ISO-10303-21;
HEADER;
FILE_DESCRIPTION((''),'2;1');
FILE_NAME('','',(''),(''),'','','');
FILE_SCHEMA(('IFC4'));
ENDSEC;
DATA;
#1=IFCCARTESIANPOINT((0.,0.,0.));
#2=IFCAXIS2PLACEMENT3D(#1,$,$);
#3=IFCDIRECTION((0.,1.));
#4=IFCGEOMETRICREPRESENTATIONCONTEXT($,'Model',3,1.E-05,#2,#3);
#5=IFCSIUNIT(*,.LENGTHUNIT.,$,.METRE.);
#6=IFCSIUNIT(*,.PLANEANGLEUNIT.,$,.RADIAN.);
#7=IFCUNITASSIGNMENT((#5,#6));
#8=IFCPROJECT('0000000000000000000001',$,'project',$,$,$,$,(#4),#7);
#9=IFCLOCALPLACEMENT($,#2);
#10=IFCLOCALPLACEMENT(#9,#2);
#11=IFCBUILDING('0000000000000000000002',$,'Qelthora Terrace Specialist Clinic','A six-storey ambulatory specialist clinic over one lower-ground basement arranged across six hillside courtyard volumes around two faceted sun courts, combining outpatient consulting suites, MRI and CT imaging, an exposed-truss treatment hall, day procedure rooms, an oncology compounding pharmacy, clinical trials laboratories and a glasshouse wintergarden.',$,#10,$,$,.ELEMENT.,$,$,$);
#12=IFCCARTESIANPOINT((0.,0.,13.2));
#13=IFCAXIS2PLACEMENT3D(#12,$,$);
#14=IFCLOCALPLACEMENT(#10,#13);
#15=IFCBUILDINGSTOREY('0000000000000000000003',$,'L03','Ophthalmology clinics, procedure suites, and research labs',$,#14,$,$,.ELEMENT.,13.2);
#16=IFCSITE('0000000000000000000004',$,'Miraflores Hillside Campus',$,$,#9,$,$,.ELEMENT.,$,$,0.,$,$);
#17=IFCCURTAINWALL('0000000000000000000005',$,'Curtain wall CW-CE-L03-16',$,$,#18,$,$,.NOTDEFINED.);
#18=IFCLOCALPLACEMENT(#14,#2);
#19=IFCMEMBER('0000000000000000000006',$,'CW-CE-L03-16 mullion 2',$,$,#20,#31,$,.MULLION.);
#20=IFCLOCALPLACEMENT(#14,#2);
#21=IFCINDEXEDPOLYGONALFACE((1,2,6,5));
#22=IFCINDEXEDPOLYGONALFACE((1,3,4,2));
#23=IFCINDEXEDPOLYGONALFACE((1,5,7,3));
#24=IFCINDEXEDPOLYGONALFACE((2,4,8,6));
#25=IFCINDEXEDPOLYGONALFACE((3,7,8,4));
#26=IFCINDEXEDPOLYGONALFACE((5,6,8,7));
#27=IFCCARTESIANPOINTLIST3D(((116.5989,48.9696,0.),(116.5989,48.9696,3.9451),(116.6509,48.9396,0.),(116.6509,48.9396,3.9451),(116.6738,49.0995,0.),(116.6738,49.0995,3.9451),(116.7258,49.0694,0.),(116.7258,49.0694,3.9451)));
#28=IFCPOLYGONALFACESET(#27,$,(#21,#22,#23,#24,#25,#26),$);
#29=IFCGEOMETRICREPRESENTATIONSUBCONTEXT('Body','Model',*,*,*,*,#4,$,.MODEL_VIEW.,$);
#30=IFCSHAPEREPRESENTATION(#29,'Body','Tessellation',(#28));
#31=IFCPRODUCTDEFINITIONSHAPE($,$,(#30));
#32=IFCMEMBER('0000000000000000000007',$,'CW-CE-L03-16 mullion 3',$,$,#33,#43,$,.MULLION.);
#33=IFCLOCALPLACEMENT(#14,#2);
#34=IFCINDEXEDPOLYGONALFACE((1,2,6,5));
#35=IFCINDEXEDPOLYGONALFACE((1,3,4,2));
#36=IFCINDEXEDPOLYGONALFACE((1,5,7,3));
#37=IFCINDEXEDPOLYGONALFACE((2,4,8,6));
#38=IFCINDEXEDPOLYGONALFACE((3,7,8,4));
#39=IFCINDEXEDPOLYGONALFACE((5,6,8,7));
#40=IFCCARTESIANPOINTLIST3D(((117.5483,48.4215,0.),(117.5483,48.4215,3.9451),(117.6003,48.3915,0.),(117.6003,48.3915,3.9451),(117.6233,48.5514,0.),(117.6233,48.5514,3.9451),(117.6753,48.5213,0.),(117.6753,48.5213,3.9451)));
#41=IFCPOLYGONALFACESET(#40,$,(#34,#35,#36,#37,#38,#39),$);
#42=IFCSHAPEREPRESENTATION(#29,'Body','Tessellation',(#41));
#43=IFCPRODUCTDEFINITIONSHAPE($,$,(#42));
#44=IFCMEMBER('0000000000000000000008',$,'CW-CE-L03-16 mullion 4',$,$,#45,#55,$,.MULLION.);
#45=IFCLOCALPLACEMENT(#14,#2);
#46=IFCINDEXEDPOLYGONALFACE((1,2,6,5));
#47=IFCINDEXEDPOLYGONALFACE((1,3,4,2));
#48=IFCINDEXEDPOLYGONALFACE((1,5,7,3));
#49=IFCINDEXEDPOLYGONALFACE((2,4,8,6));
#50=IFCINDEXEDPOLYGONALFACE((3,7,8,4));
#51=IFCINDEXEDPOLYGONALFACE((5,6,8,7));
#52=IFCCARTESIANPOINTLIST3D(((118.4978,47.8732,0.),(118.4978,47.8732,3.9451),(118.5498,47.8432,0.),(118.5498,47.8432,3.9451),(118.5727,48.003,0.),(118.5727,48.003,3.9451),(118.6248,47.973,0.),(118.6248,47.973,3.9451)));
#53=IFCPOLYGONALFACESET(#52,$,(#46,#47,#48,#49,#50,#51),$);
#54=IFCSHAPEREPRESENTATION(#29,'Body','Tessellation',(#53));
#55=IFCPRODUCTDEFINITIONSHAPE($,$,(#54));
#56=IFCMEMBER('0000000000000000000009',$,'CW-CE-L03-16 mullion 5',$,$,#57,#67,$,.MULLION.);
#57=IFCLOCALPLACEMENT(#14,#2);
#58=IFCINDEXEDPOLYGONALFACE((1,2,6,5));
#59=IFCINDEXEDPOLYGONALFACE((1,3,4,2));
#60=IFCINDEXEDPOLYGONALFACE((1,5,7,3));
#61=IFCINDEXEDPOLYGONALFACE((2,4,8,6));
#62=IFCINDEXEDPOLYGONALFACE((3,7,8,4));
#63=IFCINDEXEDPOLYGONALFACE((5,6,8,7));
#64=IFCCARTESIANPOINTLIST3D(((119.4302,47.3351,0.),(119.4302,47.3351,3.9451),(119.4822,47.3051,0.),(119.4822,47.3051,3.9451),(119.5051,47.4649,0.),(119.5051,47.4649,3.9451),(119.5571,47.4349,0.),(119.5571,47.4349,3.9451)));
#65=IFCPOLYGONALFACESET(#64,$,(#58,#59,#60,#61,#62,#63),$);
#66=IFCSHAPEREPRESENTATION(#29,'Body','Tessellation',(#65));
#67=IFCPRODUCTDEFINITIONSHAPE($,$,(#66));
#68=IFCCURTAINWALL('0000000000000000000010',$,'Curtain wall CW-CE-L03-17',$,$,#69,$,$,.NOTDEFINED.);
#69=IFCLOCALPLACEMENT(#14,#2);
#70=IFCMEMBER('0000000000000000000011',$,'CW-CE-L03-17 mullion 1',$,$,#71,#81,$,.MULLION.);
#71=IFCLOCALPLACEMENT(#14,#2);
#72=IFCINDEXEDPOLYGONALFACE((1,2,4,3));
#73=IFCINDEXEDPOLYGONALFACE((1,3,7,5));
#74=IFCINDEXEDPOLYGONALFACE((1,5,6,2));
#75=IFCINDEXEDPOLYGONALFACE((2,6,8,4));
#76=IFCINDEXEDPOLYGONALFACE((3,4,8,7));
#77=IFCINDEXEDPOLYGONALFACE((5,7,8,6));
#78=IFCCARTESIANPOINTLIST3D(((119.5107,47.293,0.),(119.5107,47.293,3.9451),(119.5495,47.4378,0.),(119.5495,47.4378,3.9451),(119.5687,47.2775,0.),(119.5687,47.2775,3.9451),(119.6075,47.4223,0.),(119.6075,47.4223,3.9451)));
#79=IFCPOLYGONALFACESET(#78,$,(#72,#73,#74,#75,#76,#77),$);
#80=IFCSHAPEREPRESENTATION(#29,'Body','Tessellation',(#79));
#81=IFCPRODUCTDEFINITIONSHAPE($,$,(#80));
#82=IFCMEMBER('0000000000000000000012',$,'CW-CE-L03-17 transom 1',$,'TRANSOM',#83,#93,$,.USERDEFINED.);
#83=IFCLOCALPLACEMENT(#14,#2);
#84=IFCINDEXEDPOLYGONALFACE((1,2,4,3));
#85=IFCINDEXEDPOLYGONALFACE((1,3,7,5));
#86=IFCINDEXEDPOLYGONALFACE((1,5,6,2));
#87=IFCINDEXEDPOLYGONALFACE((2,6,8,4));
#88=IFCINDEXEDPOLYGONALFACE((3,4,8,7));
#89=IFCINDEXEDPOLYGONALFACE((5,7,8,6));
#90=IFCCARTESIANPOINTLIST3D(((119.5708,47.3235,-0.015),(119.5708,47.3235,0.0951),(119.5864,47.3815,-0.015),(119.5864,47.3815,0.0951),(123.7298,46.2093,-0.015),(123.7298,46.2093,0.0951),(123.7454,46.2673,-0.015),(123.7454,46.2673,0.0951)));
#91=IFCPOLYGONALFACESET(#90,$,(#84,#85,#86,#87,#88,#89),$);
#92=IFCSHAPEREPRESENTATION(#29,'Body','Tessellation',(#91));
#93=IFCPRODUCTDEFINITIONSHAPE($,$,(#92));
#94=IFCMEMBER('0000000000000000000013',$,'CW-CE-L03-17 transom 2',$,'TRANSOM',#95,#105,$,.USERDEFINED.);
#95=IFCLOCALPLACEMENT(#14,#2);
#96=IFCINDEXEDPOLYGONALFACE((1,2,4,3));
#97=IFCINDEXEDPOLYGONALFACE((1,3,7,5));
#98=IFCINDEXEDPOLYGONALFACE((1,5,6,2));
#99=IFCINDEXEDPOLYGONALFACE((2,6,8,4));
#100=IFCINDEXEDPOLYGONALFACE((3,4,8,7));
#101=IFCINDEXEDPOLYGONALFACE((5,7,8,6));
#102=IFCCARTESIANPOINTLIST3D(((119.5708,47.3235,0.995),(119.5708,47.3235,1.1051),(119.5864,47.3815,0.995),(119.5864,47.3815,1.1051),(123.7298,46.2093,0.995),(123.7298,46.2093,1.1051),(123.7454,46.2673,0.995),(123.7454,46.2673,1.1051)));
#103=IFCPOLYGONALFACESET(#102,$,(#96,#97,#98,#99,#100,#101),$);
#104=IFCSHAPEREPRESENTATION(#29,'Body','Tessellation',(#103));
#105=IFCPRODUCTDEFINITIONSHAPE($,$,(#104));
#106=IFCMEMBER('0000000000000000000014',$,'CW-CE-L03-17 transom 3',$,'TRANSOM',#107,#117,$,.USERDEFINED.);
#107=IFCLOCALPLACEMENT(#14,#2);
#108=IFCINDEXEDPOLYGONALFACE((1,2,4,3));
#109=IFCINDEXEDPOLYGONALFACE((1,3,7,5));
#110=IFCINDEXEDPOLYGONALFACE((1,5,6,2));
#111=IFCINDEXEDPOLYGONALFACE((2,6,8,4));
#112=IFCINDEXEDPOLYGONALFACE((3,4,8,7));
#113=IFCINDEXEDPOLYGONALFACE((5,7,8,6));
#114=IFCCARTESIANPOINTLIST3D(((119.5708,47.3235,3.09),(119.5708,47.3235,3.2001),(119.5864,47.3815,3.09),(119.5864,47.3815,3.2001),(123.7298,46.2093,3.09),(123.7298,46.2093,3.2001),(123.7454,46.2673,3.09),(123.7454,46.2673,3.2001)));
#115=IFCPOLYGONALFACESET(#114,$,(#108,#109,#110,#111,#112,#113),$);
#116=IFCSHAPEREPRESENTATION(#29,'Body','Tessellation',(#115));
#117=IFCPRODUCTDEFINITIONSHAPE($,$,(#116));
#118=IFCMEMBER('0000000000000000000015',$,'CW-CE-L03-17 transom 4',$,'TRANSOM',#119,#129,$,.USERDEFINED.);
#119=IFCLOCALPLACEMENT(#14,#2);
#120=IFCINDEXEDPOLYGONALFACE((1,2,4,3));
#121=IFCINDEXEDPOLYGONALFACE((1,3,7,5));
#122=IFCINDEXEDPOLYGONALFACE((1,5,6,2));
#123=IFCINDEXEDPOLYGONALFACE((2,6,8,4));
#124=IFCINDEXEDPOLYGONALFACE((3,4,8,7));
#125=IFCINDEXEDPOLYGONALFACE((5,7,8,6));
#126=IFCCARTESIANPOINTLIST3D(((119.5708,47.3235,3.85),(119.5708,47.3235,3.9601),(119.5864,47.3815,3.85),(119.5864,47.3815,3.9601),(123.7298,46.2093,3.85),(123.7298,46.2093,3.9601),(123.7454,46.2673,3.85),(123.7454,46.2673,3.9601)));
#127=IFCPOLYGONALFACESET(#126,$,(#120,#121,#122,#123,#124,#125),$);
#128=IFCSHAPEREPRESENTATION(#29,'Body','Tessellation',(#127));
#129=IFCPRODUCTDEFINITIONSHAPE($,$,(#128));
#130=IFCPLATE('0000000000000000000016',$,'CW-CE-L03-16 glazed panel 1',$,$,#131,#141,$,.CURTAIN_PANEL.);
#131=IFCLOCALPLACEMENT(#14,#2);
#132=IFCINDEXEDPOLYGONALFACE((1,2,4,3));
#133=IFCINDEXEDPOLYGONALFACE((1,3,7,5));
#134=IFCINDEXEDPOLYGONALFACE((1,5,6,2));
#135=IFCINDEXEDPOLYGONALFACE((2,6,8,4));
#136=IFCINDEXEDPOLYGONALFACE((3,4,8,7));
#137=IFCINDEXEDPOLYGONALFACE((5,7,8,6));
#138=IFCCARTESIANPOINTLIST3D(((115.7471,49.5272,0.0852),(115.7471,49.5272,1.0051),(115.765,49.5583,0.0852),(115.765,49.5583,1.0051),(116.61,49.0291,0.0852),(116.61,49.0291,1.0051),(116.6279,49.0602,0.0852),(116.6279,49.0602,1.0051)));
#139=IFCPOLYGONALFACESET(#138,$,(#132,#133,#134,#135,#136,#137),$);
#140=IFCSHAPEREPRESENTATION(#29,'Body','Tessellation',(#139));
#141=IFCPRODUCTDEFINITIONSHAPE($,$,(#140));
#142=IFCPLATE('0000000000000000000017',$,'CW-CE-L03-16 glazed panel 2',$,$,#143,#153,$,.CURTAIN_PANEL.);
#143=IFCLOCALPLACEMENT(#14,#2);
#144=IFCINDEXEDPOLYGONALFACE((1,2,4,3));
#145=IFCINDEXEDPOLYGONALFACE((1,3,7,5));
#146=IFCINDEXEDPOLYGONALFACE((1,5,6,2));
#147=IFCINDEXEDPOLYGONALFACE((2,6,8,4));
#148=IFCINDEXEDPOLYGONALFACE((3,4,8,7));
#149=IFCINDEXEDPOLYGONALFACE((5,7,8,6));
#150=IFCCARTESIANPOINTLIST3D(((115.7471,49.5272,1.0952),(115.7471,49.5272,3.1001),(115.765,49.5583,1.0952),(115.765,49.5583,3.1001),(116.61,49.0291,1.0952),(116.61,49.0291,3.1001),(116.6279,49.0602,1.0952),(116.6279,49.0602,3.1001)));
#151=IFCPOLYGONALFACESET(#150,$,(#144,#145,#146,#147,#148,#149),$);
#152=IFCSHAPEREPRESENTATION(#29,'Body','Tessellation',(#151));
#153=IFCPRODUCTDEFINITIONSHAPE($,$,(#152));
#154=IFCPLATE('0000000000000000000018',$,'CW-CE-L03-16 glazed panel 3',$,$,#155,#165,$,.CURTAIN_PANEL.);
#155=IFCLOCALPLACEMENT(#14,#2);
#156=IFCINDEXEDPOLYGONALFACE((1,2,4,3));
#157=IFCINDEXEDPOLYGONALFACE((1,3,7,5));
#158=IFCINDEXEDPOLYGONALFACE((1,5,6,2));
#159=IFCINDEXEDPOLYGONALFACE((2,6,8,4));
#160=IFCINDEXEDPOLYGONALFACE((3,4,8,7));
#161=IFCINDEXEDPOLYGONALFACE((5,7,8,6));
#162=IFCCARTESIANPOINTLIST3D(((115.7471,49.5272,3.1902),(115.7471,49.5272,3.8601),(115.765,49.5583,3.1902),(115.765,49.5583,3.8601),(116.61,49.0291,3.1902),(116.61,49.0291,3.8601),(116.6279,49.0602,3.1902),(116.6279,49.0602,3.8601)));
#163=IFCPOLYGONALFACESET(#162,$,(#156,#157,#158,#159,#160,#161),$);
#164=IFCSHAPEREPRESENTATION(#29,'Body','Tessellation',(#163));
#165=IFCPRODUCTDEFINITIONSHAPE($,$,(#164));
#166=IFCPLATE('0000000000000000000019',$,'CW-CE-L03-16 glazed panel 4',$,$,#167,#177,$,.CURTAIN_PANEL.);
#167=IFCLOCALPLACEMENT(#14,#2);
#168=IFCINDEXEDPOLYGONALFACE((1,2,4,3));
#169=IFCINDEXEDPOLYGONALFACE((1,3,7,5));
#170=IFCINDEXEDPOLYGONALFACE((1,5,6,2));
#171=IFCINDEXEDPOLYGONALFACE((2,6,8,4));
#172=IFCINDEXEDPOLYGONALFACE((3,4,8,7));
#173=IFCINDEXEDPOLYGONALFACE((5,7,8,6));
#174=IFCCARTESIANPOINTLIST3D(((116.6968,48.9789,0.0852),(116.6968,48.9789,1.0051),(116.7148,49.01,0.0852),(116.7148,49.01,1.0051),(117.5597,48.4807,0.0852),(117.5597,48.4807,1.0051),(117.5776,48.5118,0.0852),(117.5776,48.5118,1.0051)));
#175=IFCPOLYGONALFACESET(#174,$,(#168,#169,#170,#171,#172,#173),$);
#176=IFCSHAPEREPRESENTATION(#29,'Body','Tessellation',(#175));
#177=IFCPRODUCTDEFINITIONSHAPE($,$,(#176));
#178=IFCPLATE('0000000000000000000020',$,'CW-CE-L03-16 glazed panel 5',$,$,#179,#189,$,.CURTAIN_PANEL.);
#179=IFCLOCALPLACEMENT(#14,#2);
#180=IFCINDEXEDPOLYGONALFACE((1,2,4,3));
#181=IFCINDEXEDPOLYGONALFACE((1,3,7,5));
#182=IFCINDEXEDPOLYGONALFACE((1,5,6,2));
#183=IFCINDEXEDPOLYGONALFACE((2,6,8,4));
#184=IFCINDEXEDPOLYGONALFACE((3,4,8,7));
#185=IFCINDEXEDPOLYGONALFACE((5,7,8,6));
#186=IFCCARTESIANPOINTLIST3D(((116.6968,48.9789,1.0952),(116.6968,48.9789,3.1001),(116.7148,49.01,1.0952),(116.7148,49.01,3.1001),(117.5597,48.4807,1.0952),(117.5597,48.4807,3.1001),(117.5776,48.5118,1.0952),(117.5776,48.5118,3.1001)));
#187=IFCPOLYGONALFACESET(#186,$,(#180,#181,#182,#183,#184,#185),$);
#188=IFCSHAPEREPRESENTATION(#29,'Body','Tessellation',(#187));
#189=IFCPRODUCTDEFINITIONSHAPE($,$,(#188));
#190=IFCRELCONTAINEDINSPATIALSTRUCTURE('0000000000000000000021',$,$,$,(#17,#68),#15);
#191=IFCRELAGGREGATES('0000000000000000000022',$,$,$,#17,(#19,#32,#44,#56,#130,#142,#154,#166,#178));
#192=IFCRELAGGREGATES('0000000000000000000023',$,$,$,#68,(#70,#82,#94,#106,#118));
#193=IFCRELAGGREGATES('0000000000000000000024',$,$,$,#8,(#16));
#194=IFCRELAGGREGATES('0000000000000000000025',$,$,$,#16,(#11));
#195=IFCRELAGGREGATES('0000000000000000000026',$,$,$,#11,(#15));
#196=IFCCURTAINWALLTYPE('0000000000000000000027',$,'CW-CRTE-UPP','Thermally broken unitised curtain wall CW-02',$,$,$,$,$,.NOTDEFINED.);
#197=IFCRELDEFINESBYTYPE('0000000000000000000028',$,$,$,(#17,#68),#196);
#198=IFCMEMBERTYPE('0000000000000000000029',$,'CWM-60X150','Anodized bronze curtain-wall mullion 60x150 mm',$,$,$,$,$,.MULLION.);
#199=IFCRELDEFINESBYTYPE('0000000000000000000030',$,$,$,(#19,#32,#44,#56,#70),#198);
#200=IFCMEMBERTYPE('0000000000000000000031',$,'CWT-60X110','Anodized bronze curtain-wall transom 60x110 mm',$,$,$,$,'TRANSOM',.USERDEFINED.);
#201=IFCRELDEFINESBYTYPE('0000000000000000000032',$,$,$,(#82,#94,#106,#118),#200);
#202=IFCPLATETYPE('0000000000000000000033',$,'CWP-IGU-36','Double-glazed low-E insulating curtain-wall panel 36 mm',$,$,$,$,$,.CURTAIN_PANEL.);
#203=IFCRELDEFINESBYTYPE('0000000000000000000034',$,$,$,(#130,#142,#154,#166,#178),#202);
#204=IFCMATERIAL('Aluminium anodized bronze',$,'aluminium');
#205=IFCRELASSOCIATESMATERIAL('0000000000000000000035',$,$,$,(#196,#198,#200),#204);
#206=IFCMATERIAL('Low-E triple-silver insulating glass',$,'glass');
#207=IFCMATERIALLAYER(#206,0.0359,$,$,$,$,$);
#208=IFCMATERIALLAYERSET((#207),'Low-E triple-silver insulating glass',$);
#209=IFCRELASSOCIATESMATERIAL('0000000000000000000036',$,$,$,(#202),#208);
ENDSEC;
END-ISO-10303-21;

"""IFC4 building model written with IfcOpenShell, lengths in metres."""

from ifc_helpers import new_model, si_unit, direction, frame, origin, origin_2d, place, context, subcontext, project, spatial, rectangle, extrude, material, layer, layer_set, material_profile, profile_set, type_object, element, aggregate, save


model = new_model("IFC4")

# Units and contexts
model_context = context("Model", 3, precision=1e-05, world=origin(), true_north=direction((0.0, 1.0)))
body_context = subcontext(model_context, "Body", "Model", "MODEL_VIEW")
ifc_project = project(units=[si_unit("LENGTHUNIT", "METRE"), si_unit("PLANEANGLEUNIT", "RADIAN")], contexts=[model_context])

# Site, building, storey
site_placement = place(None, origin())
site = spatial("IfcSite", under=ifc_project, at=site_placement, Name="Miraflores Hillside Campus", CompositionType="ELEMENT", RefElevation=0.0)
building_placement = place(site_placement, origin())
building = spatial("IfcBuilding", under=site, at=building_placement, Name="Qelthora Terrace Specialist Clinic", Description="A six-storey ambulatory specialist clinic over one lower-ground basement arranged across six hillside courtyard volumes around two faceted sun courts, combining outpatient consulting suites, MRI and CT imaging, an exposed-truss treatment hall, day procedure rooms, an oncology compounding pharmacy, clinical trials laboratories and a glasshouse wintergarden.", CompositionType="ELEMENT")
storey_placement = place(building_placement, frame((0.0, 0.0, 13.2)))
storey = spatial("IfcBuildingStorey", under=building, at=storey_placement, Name="L03", Description="Ophthalmology clinics, procedure suites, and research labs", CompositionType="ELEMENT", Elevation=13.2)

# Curtain walls, members
ifc_material_1 = material(Name="Aluminium anodized bronze", Category="aluminium")
curtain_wall_type = type_object("IfcCurtainWallType", Name="CW-CRTE-UPP", Description="Thermally broken unitised curtain wall CW-02", PredefinedType="NOTDEFINED", material=ifc_material_1)
curtain_wall_1_placement = place(storey_placement, origin())
curtain_wall_1 = element("IfcCurtainWall", 1, at=curtain_wall_1_placement, inside=storey, type_object=curtain_wall_type, Name="Curtain wall CW-CE-L03-16", PredefinedType="NOTDEFINED")
ifc_material_profile_1 = material_profile(ifc_material_1, rectangle(XDim=0.0601, YDim=0.1499, at=origin_2d()), Name="CWM60X150")
ifc_profile_set_1 = profile_set([ifc_material_profile_1], Name="Aluminium anodized bronze")
member_type_1 = type_object("IfcMemberType", Name="CWM-60X150", Description="Anodized bronze curtain-wall mullion 60x150 mm", PredefinedType="MULLION", material=ifc_profile_set_1)
member_1_placement = place(storey_placement, frame((116.6624, 49.0195, 0.0), z_axis=(0.0, 0.0, 1.0), x_axis=(0.866025, -0.5, 0.0)))
member_1 = element("IfcMember", 2, at=member_1_placement, type_object=member_type_1, Name="CW-CE-L03-16 mullion 2", PredefinedType="MULLION", context=body_context, shape_type="SweptSolid", body=[
    extrude(rectangle(XDim=0.0601, YDim=0.1499, at=origin_2d()), origin(), (0.0, 0.0, 1.0), 3.9451),
])
member_2_placement = place(storey_placement, frame((117.6118, 48.4714, 0.0), z_axis=(0.0, 0.0, 1.0), x_axis=(0.866025, -0.5, 0.0)))
member_2 = element("IfcMember", 3, at=member_2_placement, type_object=member_type_1, Name="CW-CE-L03-16 mullion 3", PredefinedType="MULLION", context=body_context, shape_type="SweptSolid", body=[
    extrude(rectangle(XDim=0.0601, YDim=0.1499, at=origin_2d()), origin(), (0.0, 0.0, 1.0), 3.9451),
])
member_3_placement = place(storey_placement, frame((118.5613, 47.9231, 0.0), z_axis=(0.0, 0.0, 1.0), x_axis=(0.866025, -0.5, 0.0)))
member_3 = element("IfcMember", 4, at=member_3_placement, type_object=member_type_1, Name="CW-CE-L03-16 mullion 4", PredefinedType="MULLION", context=body_context, shape_type="SweptSolid", body=[
    extrude(rectangle(XDim=0.0601, YDim=0.1499, at=origin_2d()), origin(), (0.0, 0.0, 1.0), 3.9451),
])
member_4_placement = place(storey_placement, frame((119.4937, 47.385, 0.0), z_axis=(0.0, 0.0, 1.0), x_axis=(0.866025, -0.5, 0.0)))
member_4 = element("IfcMember", 5, at=member_4_placement, type_object=member_type_1, Name="CW-CE-L03-16 mullion 5", PredefinedType="MULLION", context=body_context, shape_type="SweptSolid", body=[
    extrude(rectangle(XDim=0.0601, YDim=0.1499, at=origin_2d()), origin(), (0.0, 0.0, 1.0), 3.9451),
])
curtain_wall_2_placement = place(storey_placement, origin())
curtain_wall_2 = element("IfcCurtainWall", 6, at=curtain_wall_2_placement, inside=storey, type_object=curtain_wall_type, Name="Curtain wall CW-CE-L03-17", PredefinedType="NOTDEFINED")
member_5_placement = place(storey_placement, frame((119.5591, 47.3577, 0.0), z_axis=(0.0, 0.0, 1.0), x_axis=(0.965926, -0.25882, 0.0)))
member_5 = element("IfcMember", 7, at=member_5_placement, type_object=member_type_1, Name="CW-CE-L03-17 mullion 1", PredefinedType="MULLION", context=body_context, shape_type="SweptSolid", body=[
    extrude(rectangle(XDim=0.0601, YDim=0.1499, at=origin_2d()), origin(), (0.0, 0.0, 1.0), 3.9451),
])
ifc_material_profile_2 = material_profile(ifc_material_1, rectangle(XDim=0.0601, YDim=0.1101, at=origin_2d()), Name="CWT60X110")
ifc_profile_set_2 = profile_set([ifc_material_profile_2], Name="Aluminium anodized bronze")
member_type_2 = type_object("IfcMemberType", Name="CWT-60X110", Description="Anodized bronze curtain-wall transom 60x110 mm", ElementType="TRANSOM", PredefinedType="USERDEFINED", material=ifc_profile_set_2)
member_6_placement = place(storey_placement, frame((119.5786, 47.3525, 0.04), z_axis=(0.965933, -0.258792, 0.0), x_axis=(0.258792, 0.965933, 0.0)))
member_6 = element("IfcMember", 8, at=member_6_placement, type_object=member_type_2, Name="CW-CE-L03-17 transom 1", ObjectType="TRANSOM", PredefinedType="USERDEFINED", context=body_context, shape_type="SweptSolid", body=[
    extrude(rectangle(XDim=0.0601, YDim=0.1101, at=origin_2d()), origin(), (0.0, 0.0, 1.0), 4.3057),
])
member_7_placement = place(storey_placement, frame((119.5786, 47.3525, 1.05), z_axis=(0.965933, -0.258792, 0.0), x_axis=(0.258792, 0.965933, 0.0)))
member_7 = element("IfcMember", 9, at=member_7_placement, type_object=member_type_2, Name="CW-CE-L03-17 transom 2", ObjectType="TRANSOM", PredefinedType="USERDEFINED", context=body_context, shape_type="SweptSolid", body=[
    extrude(rectangle(XDim=0.0601, YDim=0.1101, at=origin_2d()), origin(), (0.0, 0.0, 1.0), 4.3057),
])
member_8_placement = place(storey_placement, frame((119.5786, 47.3525, 3.145), z_axis=(0.965933, -0.258792, 0.0), x_axis=(0.258792, 0.965933, 0.0)))
member_8 = element("IfcMember", 10, at=member_8_placement, type_object=member_type_2, Name="CW-CE-L03-17 transom 3", ObjectType="TRANSOM", PredefinedType="USERDEFINED", context=body_context, shape_type="SweptSolid", body=[
    extrude(rectangle(XDim=0.0601, YDim=0.1101, at=origin_2d()), origin(), (0.0, 0.0, 1.0), 4.3057),
])
member_9_placement = place(storey_placement, frame((119.5786, 47.3525, 3.905), z_axis=(0.965933, -0.258792, 0.0), x_axis=(0.258792, 0.965933, 0.0)))
member_9 = element("IfcMember", 11, at=member_9_placement, type_object=member_type_2, Name="CW-CE-L03-17 transom 4", ObjectType="TRANSOM", PredefinedType="USERDEFINED", context=body_context, shape_type="SweptSolid", body=[
    extrude(rectangle(XDim=0.0601, YDim=0.1101, at=origin_2d()), origin(), (0.0, 0.0, 1.0), 4.3057),
])

# Plates
ifc_material_2 = material(Name="Low-E triple-silver insulating glass", Category="glass")
ifc_layer = layer(ifc_material_2, 0.0359)
ifc_layer_set = layer_set([ifc_layer], Name="Low-E triple-silver insulating glass")
plate_type = type_object("IfcPlateType", Name="CWP-IGU-36", Description="Double-glazed low-E insulating curtain-wall panel 36 mm", PredefinedType="CURTAIN_PANEL", material=ifc_layer_set)
plate_1_placement = place(storey_placement, frame((116.1875, 49.2937, 0.0852), z_axis=(0.0, 0.0, 1.0), x_axis=(0.866025, -0.5, 0.0)))
plate_1 = element("IfcPlate", 12, at=plate_1_placement, type_object=plate_type, Name="CW-CE-L03-16 glazed panel 1", PredefinedType="CURTAIN_PANEL", context=body_context, shape_type="SweptSolid", body=[
    extrude(rectangle(XDim=0.9963, YDim=0.0359, at=origin_2d()), origin(), (0.0, 0.0, 1.0), 0.9199),
])
plate_2_placement = place(storey_placement, frame((116.1875, 49.2937, 1.0952), z_axis=(0.0, 0.0, 1.0), x_axis=(0.866025, -0.5, 0.0)))
plate_2 = element("IfcPlate", 13, at=plate_2_placement, type_object=plate_type, Name="CW-CE-L03-16 glazed panel 2", PredefinedType="CURTAIN_PANEL", context=body_context, shape_type="SweptSolid", body=[
    extrude(rectangle(XDim=0.9963, YDim=0.0359, at=origin_2d()), origin(), (0.0, 0.0, 1.0), 2.0049),
])
plate_3_placement = place(storey_placement, frame((116.1875, 49.2937, 3.1902), z_axis=(0.0, 0.0, 1.0), x_axis=(0.866025, -0.5, 0.0)))
plate_3 = element("IfcPlate", 14, at=plate_3_placement, type_object=plate_type, Name="CW-CE-L03-16 glazed panel 3", PredefinedType="CURTAIN_PANEL", context=body_context, shape_type="SweptSolid", body=[
    extrude(rectangle(XDim=0.9963, YDim=0.0359, at=origin_2d()), origin(), (0.0, 0.0, 1.0), 0.6699),
])
plate_4_placement = place(storey_placement, frame((117.1372, 48.7454, 0.0852), z_axis=(0.0, 0.0, 1.0), x_axis=(0.866025, -0.5, 0.0)))
plate_4 = element("IfcPlate", 15, at=plate_4_placement, type_object=plate_type, Name="CW-CE-L03-16 glazed panel 4", PredefinedType="CURTAIN_PANEL", context=body_context, shape_type="SweptSolid", body=[
    extrude(rectangle(XDim=0.9963, YDim=0.0359, at=origin_2d()), origin(), (0.0, 0.0, 1.0), 0.9199),
])
plate_5_placement = place(storey_placement, frame((117.1372, 48.7454, 1.0952), z_axis=(0.0, 0.0, 1.0), x_axis=(0.866025, -0.5, 0.0)))
plate_5 = element("IfcPlate", 16, at=plate_5_placement, type_object=plate_type, Name="CW-CE-L03-16 glazed panel 5", PredefinedType="CURTAIN_PANEL", context=body_context, shape_type="SweptSolid", body=[
    extrude(rectangle(XDim=0.9963, YDim=0.0359, at=origin_2d()), origin(), (0.0, 0.0, 1.0), 2.0049),
])
aggregate(curtain_wall_1, [member_1, member_2, member_3, member_4, plate_1, plate_2, plate_3, plate_4, plate_5])
aggregate(curtain_wall_2, [member_5, member_6, member_7, member_8, member_9])

save(model, "model.ifc")
